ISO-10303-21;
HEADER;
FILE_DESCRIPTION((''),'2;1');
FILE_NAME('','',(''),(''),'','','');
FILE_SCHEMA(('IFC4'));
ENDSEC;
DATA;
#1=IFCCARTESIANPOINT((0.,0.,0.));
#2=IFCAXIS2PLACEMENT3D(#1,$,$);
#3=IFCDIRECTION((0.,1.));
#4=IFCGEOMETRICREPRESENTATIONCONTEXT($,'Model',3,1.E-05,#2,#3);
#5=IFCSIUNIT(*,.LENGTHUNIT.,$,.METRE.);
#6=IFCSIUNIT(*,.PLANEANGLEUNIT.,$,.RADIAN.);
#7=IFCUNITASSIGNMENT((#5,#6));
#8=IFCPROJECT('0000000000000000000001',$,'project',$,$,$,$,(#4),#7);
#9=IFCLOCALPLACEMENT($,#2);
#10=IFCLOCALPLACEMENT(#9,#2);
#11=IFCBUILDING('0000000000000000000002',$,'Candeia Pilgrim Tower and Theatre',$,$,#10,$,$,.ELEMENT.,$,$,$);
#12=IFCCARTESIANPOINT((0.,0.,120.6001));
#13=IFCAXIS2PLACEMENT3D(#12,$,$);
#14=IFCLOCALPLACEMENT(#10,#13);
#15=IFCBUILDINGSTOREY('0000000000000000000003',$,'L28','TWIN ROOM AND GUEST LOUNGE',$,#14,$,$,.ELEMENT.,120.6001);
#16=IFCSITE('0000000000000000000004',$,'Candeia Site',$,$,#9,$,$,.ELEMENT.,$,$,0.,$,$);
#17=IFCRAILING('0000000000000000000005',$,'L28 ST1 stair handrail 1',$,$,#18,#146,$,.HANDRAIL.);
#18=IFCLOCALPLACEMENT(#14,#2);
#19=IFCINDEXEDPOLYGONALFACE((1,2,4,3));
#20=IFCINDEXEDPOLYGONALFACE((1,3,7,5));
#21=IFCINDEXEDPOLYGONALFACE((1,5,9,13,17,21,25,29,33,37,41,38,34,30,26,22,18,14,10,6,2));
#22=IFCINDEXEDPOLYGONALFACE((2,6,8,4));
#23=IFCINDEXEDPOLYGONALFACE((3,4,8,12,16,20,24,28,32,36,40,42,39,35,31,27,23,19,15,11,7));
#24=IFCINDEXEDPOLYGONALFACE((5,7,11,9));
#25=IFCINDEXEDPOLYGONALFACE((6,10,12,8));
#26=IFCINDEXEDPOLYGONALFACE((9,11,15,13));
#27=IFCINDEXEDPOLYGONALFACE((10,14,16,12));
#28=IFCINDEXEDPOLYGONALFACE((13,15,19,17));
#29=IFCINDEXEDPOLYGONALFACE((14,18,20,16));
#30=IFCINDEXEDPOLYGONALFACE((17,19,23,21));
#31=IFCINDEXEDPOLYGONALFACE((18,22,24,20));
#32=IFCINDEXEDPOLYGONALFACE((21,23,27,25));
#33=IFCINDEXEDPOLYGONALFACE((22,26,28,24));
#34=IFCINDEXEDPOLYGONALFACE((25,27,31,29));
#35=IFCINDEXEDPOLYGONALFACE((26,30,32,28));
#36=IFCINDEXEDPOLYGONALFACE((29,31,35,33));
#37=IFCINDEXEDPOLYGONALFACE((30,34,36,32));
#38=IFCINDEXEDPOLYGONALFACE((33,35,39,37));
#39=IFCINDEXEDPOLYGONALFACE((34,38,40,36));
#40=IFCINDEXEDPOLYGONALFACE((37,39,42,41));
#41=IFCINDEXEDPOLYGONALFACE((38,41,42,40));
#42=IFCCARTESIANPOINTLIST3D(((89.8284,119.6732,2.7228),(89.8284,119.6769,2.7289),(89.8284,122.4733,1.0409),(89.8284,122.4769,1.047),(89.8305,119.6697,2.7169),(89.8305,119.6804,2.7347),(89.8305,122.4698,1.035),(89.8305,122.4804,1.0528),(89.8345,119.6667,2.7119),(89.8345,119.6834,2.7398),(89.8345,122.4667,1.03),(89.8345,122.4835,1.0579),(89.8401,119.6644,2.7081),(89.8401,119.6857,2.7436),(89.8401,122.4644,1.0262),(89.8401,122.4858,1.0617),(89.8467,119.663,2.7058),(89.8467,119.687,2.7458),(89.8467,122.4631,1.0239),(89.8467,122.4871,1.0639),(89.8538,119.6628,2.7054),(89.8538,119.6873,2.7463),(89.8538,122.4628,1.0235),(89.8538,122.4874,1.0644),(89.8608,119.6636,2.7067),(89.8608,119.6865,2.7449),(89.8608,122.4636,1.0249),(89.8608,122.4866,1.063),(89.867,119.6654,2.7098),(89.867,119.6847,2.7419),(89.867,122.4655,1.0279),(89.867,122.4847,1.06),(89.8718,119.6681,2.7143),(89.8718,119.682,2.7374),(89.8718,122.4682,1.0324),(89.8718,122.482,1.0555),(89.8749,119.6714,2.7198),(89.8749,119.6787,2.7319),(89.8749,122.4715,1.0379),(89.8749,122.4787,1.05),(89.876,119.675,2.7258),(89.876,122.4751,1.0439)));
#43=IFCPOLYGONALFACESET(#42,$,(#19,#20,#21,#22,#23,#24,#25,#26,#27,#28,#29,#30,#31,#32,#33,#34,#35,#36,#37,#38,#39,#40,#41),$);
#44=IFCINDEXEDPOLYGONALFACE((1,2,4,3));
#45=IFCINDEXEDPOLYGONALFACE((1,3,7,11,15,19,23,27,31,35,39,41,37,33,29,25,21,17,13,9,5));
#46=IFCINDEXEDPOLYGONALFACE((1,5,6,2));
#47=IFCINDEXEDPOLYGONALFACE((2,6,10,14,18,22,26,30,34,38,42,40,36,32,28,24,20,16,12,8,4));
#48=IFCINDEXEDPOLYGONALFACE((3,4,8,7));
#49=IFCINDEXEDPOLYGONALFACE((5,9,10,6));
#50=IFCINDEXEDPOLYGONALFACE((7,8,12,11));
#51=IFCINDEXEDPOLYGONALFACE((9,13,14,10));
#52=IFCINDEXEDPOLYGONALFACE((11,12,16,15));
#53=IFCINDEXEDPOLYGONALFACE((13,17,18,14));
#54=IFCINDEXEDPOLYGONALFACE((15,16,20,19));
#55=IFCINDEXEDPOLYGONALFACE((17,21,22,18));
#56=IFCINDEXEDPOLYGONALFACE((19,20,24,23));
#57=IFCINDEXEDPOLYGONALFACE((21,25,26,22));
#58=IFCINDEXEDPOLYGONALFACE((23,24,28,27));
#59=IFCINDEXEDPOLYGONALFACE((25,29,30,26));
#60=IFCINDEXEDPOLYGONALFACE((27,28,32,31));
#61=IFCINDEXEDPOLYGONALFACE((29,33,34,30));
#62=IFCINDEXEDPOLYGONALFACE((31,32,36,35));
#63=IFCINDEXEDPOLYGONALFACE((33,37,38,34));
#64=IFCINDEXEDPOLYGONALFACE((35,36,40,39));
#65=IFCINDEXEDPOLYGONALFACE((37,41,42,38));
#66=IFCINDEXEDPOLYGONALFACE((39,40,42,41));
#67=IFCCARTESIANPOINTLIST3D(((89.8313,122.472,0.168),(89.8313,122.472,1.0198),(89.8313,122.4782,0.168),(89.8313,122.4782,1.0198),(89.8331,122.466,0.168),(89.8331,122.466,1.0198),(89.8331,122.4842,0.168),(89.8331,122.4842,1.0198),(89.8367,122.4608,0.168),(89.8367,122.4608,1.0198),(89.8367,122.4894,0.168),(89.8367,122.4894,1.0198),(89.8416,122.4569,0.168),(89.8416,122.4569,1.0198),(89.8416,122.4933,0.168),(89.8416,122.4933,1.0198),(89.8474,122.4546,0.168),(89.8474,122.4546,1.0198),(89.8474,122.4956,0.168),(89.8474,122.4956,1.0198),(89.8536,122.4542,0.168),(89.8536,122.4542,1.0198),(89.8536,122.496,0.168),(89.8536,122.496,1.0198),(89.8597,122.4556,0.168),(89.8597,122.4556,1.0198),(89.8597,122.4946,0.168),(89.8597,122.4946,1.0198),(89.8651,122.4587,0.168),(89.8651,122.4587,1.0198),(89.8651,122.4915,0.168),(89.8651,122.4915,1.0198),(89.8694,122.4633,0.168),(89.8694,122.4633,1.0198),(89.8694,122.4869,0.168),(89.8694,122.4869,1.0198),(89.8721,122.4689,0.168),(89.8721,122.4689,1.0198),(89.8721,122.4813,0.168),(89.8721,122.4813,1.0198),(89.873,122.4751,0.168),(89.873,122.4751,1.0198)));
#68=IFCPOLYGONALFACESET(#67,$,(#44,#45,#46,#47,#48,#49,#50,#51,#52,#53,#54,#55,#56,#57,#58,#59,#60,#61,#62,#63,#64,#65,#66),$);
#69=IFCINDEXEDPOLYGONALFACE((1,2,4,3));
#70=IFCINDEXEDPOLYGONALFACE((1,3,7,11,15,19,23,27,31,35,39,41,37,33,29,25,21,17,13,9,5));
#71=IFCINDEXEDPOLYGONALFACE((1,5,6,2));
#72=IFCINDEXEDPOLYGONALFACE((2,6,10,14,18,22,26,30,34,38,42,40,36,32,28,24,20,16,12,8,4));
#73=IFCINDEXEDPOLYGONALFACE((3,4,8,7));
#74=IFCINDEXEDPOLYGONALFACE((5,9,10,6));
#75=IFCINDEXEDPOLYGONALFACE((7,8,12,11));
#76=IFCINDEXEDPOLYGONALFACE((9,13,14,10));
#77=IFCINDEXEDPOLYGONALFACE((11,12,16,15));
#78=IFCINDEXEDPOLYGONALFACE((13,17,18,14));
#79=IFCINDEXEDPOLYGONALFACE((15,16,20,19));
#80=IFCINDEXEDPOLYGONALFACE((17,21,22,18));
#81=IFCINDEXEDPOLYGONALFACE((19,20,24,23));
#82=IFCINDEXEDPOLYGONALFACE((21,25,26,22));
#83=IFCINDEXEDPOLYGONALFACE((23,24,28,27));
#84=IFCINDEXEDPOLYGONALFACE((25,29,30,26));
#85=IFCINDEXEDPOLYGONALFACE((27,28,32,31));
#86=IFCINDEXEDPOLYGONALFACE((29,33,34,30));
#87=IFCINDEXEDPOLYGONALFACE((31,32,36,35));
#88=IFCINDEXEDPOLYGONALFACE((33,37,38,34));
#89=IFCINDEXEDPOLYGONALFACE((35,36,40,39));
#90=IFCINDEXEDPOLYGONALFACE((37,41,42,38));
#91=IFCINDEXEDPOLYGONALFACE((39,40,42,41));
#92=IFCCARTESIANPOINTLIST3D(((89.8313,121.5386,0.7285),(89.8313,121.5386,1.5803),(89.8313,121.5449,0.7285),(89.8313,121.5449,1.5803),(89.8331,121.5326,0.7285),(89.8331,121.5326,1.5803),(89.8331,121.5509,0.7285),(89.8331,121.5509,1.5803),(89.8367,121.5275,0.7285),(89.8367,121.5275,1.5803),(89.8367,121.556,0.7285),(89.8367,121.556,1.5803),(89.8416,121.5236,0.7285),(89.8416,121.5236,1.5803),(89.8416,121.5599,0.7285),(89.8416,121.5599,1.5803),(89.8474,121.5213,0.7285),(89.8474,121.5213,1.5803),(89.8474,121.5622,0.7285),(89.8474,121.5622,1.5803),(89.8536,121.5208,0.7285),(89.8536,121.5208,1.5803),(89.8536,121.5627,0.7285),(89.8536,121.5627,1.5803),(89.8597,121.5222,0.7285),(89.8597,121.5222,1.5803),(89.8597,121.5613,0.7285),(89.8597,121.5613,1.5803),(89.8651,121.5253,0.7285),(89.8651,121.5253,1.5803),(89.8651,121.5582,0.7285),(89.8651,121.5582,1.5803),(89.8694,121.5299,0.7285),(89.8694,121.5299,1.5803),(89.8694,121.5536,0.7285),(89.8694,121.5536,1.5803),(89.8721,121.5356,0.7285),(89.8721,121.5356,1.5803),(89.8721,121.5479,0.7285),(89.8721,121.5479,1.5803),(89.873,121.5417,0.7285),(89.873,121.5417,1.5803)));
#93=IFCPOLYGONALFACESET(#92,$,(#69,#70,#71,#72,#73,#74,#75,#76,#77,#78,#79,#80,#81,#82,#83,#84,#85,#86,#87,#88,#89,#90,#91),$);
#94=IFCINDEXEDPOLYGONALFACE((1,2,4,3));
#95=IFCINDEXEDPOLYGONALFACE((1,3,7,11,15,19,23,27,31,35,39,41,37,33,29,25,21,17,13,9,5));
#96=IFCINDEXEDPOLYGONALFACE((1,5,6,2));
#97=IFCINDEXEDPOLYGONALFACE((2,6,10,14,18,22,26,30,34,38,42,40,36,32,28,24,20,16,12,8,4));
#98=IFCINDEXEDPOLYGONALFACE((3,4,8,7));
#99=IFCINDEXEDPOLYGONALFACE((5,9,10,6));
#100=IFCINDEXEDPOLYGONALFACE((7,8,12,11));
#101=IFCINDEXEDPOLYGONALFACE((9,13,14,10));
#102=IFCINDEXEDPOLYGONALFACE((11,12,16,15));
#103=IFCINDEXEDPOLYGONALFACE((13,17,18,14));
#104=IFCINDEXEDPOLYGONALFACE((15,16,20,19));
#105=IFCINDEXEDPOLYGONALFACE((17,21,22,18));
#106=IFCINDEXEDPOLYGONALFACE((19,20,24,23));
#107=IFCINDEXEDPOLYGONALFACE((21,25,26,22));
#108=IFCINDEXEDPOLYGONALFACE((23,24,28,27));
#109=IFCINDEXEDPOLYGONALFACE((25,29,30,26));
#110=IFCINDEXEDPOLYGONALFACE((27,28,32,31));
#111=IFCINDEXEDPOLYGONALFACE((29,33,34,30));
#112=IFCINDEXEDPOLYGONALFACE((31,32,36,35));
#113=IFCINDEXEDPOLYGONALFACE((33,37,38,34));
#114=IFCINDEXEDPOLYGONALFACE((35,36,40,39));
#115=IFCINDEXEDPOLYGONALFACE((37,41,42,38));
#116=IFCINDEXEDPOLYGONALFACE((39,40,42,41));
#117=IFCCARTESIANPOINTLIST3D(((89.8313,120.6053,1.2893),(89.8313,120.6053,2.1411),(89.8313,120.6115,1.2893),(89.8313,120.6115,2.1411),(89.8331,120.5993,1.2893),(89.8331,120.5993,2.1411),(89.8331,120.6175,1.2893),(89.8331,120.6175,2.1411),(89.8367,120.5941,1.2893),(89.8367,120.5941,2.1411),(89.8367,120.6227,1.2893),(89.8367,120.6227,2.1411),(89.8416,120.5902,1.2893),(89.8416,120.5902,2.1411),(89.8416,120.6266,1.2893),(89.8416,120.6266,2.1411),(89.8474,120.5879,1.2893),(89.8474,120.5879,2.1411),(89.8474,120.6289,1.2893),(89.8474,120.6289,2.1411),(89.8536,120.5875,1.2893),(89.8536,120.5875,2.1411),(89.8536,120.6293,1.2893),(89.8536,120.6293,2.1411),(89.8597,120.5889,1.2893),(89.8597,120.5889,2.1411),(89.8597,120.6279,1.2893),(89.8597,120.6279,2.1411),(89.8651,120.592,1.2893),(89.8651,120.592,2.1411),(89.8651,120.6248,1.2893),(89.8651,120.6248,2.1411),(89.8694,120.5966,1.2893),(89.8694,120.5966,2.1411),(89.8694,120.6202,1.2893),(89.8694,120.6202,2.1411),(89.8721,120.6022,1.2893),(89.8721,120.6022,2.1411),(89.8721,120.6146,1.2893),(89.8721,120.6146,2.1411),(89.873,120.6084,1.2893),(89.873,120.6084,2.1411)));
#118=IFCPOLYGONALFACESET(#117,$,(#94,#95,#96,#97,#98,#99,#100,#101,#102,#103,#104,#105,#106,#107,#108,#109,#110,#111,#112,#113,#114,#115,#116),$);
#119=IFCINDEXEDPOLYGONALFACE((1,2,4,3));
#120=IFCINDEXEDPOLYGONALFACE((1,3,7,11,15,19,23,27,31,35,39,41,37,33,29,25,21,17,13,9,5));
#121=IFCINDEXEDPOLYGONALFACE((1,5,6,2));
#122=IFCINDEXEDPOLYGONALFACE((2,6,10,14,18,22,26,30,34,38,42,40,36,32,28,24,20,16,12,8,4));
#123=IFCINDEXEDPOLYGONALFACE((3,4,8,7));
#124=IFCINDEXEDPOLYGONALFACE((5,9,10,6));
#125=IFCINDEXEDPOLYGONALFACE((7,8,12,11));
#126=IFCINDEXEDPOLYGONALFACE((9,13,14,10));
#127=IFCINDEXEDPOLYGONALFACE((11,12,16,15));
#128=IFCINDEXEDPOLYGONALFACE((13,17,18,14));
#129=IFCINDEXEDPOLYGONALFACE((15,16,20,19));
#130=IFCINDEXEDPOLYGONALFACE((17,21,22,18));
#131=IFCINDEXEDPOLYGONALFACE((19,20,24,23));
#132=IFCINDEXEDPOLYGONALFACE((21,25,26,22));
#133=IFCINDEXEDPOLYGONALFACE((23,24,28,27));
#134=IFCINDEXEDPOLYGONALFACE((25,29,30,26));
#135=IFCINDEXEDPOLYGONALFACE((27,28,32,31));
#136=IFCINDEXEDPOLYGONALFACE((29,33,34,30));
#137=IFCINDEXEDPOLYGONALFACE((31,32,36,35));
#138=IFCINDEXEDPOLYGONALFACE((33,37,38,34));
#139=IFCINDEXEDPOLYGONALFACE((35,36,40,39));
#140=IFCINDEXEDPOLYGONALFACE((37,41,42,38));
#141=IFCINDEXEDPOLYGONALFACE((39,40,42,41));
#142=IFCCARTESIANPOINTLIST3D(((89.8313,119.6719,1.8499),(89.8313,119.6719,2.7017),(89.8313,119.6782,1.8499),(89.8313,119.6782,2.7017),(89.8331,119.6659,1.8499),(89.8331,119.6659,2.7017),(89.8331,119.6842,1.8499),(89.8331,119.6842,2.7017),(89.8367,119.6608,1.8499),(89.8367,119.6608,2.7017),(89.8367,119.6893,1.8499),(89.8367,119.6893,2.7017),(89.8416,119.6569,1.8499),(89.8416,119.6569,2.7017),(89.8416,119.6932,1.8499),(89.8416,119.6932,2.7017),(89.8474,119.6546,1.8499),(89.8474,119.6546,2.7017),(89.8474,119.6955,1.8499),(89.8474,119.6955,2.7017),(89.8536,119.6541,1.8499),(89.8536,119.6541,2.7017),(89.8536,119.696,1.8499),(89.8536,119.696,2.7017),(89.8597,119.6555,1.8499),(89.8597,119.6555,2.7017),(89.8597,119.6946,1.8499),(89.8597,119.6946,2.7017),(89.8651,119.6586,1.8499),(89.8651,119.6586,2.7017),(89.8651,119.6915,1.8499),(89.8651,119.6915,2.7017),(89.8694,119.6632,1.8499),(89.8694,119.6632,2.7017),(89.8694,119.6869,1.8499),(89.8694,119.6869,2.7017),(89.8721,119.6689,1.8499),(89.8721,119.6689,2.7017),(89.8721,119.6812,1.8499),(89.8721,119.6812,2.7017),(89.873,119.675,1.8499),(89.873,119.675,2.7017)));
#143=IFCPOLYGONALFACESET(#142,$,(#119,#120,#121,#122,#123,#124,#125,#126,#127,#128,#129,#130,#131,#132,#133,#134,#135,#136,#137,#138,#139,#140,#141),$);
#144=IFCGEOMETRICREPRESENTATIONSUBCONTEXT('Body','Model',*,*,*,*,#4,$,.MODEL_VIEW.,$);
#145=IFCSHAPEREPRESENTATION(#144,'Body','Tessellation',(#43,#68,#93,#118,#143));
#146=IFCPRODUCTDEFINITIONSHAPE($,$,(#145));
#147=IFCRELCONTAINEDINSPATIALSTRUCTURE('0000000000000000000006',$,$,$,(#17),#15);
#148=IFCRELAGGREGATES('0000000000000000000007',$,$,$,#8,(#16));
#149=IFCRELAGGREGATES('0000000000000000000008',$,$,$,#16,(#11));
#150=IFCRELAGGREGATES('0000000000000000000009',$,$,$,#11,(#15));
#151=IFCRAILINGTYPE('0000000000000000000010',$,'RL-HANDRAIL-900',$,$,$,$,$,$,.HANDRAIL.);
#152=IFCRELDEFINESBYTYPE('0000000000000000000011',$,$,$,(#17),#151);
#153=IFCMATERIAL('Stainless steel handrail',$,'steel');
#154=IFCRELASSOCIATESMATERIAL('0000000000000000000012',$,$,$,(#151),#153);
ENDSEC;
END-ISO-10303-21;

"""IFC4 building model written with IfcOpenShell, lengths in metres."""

from ifc_helpers import new_model, si_unit, direction, frame, origin, origin_2d, place, context, subcontext, project, spatial, circle, extrude, material, type_object, element, save


model = new_model("IFC4")

# Units and contexts
model_context = context("Model", 3, precision=1e-05, world=origin(), true_north=direction((0.0, 1.0)))
body_context = subcontext(model_context, "Body", "Model", "MODEL_VIEW")
ifc_project = project(units=[si_unit("LENGTHUNIT", "METRE"), si_unit("PLANEANGLEUNIT", "RADIAN")], contexts=[model_context])

# Site, building, storey
site_placement = place(None, origin())
site = spatial("IfcSite", under=ifc_project, at=site_placement, Name="Candeia Site", CompositionType="ELEMENT", RefElevation=0.0)
building_placement = place(site_placement, origin())
building = spatial("IfcBuilding", under=site, at=building_placement, Name="Candeia Pilgrim Tower and Theatre", CompositionType="ELEMENT")
storey_placement = place(building_placement, frame((0.0, 0.0, 120.6001)))
storey = spatial("IfcBuildingStorey", under=building, at=storey_placement, Name="L28", Description="TWIN ROOM AND GUEST LOUNGE", CompositionType="ELEMENT", Elevation=120.6001)

# Railing
ifc_material_1 = material(Name="Stainless steel handrail", Category="steel")
railing_type_1 = type_object("IfcRailingType", Name="RL-HANDRAIL-900", PredefinedType="HANDRAIL", material=ifc_material_1)
for number, where, name in (
    (1, (89.8521, 122.4751, 0.168), "L28 ST1 stair handrail 1"),
):
    element("IfcRailing", number, at=place(storey_placement, frame(where)), inside=storey, type_object=railing_type_1, Name=name, PredefinedType="HANDRAIL", context=body_context, shape_type="SweptSolid", body=[
        extrude(circle(Radius=0.0239, at=origin_2d()), frame((0.0, 0.0, 0.876), z_axis=(0.0, -0.857242, 0.514913), x_axis=(1.0, 0.0, 0.0)), (0.0, 0.0, 1.0), 3.2664),
        extrude(circle(Radius=0.021, at=origin_2d()), origin(), (0.0, 0.0, 1.0), 0.8518),
        extrude(circle(Radius=0.021, at=origin_2d()), frame((0.0, -0.9333, 0.5605)), (0.0, 0.0, 1.0), 0.8518),
        extrude(circle(Radius=0.021, at=origin_2d()), frame((0.0, -1.8667, 1.1213)), (0.0, 0.0, 1.0), 0.8518),
        extrude(circle(Radius=0.021, at=origin_2d()), frame((0.0, -2.8, 1.6819)), (0.0, 0.0, 1.0), 0.8518),
    ])

save(model, "model.ifc")
